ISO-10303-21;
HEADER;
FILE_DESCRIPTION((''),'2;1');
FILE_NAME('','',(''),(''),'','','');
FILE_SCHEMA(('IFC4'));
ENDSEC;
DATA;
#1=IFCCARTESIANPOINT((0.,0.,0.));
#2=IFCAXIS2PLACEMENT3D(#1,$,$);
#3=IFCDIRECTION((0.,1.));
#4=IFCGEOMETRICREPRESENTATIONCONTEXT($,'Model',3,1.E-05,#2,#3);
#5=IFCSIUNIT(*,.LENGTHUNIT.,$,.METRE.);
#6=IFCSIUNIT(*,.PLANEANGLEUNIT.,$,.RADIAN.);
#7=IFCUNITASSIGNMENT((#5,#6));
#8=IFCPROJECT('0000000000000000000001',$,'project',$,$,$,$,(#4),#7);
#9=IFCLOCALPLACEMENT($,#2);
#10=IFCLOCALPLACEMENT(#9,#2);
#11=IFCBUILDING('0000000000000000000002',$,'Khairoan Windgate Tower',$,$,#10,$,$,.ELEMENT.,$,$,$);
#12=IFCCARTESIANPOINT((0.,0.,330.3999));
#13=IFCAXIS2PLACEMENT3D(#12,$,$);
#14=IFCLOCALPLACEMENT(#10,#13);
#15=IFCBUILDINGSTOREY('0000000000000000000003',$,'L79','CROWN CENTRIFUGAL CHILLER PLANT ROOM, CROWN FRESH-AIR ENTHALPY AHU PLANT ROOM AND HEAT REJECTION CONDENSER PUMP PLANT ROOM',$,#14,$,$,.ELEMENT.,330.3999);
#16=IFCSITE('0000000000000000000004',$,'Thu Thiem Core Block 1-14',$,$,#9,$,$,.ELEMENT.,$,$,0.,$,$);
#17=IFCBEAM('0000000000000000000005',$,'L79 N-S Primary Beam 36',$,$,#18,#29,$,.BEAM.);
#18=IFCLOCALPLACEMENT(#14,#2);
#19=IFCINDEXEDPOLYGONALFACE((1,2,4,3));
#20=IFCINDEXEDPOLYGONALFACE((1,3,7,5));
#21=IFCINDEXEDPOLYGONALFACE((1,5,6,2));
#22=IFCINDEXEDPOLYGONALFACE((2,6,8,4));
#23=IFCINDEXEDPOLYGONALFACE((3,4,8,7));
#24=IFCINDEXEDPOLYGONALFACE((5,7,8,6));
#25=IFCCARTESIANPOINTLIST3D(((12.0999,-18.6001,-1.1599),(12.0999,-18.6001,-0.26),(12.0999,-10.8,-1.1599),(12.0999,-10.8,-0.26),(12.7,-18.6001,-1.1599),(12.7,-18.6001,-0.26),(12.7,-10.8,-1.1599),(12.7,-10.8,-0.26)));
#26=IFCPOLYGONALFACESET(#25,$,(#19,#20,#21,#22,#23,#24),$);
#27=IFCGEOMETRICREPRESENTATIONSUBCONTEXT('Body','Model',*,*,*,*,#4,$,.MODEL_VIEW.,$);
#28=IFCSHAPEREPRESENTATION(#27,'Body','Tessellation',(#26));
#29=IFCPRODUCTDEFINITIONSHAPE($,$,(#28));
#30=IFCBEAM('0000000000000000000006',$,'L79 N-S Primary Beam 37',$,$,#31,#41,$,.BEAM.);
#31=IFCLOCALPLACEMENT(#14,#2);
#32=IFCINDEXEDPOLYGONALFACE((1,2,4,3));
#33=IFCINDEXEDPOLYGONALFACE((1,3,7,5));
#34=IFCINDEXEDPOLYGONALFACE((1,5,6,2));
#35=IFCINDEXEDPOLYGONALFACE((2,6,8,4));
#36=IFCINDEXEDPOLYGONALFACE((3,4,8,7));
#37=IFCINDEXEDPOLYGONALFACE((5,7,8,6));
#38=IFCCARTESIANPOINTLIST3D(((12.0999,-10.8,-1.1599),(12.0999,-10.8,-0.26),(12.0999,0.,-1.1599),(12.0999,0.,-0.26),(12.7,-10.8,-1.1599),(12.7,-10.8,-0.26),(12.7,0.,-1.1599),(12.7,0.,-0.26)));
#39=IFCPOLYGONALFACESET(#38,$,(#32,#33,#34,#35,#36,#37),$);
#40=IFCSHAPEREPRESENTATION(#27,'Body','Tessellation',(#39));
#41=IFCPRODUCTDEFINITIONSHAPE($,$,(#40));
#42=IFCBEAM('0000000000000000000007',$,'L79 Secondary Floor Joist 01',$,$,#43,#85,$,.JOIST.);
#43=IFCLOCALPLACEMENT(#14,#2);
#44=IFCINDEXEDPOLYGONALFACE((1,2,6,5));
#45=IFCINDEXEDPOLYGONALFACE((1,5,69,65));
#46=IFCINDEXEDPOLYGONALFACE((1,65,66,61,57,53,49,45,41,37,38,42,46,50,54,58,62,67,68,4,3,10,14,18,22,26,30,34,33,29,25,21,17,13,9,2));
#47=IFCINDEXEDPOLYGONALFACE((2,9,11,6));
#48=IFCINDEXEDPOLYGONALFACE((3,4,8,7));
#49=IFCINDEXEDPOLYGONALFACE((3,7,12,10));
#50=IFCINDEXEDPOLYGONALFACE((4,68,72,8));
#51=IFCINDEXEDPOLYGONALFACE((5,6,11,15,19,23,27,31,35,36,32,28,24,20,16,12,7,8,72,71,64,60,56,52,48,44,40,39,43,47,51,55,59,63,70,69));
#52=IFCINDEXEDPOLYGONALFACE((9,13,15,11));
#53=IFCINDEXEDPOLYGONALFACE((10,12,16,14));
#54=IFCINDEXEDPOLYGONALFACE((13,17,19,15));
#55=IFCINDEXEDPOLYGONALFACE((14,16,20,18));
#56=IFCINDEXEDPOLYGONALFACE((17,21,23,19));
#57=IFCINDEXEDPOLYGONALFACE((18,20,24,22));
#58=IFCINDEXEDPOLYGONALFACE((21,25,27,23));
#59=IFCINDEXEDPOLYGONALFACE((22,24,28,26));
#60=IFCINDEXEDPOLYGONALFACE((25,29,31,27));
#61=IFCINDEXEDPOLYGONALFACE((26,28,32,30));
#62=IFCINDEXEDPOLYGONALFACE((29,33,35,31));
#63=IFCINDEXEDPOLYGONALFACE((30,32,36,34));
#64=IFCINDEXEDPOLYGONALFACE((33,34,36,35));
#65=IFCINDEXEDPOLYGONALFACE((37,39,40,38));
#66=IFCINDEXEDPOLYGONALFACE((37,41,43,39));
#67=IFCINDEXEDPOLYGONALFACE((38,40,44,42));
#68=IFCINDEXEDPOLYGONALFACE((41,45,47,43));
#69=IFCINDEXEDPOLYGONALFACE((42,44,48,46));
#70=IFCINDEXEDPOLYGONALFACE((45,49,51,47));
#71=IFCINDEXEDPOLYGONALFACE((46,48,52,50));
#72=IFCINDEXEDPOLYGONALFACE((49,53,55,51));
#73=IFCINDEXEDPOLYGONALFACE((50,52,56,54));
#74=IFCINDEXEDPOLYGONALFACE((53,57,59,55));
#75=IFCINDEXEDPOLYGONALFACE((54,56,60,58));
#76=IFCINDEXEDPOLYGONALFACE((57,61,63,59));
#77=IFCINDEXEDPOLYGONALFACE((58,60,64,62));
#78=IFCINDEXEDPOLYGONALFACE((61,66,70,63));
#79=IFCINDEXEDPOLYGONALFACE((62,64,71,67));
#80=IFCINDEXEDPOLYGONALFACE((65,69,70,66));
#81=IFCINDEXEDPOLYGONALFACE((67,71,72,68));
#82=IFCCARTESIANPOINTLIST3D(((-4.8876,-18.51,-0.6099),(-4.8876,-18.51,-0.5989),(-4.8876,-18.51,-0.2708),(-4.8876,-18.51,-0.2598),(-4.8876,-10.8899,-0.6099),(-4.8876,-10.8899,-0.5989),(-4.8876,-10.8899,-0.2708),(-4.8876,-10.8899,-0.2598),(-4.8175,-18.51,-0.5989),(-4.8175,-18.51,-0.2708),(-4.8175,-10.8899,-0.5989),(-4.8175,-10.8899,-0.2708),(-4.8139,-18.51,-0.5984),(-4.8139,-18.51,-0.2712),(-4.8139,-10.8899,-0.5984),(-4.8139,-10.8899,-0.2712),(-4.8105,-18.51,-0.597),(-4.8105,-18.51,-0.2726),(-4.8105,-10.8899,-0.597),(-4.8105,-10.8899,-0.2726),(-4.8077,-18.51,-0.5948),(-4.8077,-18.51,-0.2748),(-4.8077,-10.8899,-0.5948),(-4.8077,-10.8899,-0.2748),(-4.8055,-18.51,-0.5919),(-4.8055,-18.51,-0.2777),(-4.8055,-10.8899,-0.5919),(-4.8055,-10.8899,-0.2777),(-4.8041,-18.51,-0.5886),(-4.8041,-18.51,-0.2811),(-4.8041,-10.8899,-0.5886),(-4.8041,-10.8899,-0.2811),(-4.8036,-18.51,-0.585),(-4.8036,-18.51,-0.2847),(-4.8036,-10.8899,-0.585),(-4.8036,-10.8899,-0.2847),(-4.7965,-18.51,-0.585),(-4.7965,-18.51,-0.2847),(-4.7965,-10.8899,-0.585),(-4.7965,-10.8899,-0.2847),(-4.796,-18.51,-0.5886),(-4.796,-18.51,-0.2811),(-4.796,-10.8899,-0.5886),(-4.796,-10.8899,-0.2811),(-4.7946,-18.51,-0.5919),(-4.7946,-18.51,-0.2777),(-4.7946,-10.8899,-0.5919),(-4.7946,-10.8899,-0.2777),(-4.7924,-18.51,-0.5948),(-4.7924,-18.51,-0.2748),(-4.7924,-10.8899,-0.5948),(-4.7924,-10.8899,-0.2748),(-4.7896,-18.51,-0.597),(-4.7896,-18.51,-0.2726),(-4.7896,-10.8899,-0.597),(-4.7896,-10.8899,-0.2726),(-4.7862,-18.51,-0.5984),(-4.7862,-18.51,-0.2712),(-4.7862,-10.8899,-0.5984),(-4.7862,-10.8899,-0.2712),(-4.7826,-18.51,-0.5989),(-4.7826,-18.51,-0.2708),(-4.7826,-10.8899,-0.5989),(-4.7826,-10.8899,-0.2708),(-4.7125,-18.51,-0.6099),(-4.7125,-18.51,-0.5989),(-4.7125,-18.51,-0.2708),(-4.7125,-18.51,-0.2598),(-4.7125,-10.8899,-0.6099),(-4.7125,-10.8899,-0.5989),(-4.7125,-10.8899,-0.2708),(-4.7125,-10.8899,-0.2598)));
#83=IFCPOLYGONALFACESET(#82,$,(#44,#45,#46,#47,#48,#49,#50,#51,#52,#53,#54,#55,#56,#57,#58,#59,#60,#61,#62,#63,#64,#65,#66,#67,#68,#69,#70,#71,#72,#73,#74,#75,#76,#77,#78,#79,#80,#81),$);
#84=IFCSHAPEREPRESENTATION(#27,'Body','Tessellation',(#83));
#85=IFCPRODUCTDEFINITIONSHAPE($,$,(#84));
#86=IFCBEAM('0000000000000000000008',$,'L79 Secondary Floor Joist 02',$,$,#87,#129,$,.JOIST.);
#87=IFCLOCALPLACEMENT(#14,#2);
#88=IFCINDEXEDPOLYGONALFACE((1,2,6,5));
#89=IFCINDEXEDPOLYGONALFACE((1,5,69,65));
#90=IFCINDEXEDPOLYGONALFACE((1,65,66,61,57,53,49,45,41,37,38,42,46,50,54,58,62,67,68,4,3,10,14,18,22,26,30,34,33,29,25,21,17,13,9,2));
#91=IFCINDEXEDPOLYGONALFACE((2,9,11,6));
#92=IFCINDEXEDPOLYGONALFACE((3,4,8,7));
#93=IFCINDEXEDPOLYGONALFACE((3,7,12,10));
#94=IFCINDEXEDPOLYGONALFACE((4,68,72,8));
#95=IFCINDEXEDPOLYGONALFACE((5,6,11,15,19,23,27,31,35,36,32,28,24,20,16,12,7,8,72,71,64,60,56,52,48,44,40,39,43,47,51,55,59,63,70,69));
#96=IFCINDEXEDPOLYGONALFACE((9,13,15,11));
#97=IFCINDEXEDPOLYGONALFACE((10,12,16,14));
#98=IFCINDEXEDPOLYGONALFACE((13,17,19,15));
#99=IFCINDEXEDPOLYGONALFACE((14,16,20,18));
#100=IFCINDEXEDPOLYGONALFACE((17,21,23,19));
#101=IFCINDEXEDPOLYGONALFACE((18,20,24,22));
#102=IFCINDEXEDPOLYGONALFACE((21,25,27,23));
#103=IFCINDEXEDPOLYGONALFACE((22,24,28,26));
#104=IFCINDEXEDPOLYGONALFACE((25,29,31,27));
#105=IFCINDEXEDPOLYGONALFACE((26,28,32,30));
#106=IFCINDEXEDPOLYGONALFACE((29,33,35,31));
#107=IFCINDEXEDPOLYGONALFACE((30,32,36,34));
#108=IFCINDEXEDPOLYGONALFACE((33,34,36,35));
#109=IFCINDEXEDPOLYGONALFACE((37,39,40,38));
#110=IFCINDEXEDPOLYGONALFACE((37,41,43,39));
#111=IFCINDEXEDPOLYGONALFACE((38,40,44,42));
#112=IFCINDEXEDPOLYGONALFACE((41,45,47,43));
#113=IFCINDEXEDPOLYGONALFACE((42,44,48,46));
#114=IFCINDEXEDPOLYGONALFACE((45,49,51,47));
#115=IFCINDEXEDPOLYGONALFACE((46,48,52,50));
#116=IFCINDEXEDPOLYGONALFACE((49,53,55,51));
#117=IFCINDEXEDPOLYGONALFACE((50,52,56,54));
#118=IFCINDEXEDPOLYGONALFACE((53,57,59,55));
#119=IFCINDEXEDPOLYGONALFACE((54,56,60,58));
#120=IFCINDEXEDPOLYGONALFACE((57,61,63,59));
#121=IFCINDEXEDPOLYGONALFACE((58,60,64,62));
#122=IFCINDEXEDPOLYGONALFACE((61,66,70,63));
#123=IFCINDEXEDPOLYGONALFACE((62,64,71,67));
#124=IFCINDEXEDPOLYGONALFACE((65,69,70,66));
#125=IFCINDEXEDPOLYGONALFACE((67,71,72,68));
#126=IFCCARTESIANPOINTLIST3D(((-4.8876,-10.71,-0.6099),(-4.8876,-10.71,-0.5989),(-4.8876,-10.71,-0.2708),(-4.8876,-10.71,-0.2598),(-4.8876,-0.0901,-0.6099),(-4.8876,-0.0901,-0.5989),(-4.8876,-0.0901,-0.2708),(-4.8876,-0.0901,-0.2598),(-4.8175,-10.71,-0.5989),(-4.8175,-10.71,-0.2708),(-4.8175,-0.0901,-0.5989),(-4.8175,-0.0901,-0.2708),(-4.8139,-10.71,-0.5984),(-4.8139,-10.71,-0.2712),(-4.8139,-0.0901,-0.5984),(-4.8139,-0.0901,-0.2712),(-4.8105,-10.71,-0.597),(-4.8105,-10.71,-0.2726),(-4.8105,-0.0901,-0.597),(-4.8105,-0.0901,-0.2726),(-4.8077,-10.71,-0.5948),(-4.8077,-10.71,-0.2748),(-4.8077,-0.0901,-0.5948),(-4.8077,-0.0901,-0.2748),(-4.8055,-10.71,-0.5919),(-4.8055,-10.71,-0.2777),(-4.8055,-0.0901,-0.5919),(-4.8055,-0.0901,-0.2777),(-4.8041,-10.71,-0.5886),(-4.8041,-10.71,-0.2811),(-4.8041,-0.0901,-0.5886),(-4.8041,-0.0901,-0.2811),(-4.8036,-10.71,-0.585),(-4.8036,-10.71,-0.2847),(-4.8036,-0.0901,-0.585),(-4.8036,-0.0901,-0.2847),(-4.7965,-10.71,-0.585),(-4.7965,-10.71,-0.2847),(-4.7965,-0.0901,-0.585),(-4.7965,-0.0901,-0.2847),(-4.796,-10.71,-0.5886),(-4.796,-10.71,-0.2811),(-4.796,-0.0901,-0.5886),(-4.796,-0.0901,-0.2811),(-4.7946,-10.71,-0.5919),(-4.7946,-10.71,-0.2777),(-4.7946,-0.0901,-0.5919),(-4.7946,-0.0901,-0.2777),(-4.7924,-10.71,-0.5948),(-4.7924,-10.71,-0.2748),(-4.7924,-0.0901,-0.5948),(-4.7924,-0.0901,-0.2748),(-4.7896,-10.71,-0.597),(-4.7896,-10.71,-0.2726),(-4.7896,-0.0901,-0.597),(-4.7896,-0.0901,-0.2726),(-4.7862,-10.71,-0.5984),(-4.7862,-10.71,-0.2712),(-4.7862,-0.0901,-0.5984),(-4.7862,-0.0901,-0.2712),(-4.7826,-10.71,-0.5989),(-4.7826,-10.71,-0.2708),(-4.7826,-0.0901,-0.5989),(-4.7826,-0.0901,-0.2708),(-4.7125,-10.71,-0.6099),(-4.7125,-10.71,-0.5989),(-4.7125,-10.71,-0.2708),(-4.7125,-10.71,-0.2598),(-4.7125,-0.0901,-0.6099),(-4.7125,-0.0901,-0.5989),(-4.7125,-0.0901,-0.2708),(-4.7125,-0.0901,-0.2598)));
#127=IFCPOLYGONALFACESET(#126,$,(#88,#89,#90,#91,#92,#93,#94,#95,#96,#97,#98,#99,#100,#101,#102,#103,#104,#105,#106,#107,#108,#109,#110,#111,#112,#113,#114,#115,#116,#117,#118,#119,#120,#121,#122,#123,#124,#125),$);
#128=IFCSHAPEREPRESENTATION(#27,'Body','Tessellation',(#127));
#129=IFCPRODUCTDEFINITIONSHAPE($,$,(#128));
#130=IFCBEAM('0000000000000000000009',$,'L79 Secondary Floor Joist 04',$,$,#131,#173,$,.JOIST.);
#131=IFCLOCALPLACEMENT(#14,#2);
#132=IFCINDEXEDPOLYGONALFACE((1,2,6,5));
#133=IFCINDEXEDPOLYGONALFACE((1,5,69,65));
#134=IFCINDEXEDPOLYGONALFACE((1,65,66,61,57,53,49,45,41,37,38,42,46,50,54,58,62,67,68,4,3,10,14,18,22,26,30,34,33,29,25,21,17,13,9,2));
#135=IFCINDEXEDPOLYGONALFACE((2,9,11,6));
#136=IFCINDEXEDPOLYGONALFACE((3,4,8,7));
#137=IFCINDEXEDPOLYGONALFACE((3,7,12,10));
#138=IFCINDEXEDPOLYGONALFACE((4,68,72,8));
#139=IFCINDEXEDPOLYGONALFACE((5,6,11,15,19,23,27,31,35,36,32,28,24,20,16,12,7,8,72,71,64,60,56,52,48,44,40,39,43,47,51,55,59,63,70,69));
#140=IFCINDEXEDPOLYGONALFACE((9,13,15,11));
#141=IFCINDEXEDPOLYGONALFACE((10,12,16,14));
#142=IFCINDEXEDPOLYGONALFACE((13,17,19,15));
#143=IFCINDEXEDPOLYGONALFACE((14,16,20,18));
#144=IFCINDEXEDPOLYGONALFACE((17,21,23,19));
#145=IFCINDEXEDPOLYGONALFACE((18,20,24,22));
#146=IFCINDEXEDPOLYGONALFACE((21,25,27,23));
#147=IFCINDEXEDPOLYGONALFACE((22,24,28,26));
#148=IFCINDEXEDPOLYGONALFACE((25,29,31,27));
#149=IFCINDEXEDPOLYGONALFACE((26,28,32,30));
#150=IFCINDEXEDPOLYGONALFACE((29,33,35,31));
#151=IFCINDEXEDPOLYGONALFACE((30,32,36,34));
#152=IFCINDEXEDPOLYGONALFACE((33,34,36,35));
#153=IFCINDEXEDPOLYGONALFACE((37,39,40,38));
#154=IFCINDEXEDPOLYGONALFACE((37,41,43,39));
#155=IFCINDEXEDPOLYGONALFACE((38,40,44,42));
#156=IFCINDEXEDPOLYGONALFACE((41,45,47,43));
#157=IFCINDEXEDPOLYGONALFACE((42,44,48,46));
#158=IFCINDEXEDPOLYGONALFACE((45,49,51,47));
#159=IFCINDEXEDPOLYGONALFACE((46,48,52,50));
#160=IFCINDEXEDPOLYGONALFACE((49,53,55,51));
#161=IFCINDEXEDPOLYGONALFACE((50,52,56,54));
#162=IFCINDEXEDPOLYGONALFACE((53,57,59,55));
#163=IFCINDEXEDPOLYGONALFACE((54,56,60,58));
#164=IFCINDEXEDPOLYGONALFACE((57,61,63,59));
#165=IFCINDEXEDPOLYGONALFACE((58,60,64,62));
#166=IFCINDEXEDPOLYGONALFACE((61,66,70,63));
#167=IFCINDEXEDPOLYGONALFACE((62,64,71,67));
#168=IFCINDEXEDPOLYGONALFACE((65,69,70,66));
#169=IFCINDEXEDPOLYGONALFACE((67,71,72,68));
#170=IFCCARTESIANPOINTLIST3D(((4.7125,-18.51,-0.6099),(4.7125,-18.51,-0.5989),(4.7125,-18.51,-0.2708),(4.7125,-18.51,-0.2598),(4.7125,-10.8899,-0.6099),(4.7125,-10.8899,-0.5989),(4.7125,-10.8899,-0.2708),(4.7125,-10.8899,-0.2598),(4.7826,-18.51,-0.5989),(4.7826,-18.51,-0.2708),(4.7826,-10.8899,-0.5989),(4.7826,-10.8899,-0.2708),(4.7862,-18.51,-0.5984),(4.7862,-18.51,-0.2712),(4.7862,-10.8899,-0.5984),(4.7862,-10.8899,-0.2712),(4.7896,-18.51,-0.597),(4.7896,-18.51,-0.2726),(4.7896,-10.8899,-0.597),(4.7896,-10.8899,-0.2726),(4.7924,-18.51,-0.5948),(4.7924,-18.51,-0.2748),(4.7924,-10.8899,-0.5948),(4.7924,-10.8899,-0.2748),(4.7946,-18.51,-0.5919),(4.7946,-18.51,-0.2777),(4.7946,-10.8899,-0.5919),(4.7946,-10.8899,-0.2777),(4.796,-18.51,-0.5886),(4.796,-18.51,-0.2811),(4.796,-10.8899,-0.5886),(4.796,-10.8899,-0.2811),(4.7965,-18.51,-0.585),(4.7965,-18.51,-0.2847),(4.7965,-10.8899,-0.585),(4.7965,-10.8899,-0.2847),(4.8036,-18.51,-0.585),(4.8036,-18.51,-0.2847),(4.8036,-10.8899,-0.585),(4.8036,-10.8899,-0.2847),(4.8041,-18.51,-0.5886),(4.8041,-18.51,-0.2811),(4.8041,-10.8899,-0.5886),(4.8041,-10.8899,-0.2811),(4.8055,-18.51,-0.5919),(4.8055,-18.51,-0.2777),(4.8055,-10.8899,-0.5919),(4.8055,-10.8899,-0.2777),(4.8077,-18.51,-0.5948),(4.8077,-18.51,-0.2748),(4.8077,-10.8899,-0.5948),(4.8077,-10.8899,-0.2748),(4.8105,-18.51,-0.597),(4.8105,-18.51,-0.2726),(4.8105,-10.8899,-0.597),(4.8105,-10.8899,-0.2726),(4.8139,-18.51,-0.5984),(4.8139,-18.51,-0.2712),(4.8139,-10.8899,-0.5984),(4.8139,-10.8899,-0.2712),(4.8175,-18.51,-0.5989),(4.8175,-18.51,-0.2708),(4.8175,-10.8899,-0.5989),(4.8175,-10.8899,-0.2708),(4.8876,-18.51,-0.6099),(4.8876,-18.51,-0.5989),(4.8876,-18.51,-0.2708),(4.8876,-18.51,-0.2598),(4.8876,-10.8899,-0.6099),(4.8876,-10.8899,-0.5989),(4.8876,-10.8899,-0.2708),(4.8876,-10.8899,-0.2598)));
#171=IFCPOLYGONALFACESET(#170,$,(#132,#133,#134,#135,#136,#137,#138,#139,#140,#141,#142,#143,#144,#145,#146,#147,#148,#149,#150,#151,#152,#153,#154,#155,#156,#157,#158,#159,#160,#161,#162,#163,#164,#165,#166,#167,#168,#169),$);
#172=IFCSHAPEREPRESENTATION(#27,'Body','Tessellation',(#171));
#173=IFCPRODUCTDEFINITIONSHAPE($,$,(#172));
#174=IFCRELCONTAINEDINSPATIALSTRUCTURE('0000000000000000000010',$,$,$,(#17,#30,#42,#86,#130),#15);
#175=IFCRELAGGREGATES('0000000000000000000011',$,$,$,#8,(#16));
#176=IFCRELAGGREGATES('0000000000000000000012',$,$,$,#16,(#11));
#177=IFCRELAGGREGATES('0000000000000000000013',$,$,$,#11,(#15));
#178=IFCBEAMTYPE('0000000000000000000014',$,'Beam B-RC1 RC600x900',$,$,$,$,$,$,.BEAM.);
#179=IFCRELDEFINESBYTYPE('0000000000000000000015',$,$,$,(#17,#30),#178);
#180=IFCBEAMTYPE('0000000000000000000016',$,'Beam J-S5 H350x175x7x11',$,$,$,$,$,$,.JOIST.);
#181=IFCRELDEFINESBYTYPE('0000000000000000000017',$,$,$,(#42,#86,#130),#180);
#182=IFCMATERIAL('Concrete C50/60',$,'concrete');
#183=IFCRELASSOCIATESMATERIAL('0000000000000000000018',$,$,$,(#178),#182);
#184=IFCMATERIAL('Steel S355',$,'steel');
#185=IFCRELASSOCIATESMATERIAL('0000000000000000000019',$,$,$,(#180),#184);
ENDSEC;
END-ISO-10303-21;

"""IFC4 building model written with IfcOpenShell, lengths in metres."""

from ifc_helpers import new_model, si_unit, direction, frame, origin, origin_2d, place, context, subcontext, project, spatial, rectangle, i_section, extrude, material, material_profile, profile_set, type_object, element, save


model = new_model("IFC4")

# Units and contexts
model_context = context("Model", 3, precision=1e-05, world=origin(), true_north=direction((0.0, 1.0)))
body_context = subcontext(model_context, "Body", "Model", "MODEL_VIEW")
ifc_project = project(units=[si_unit("LENGTHUNIT", "METRE"), si_unit("PLANEANGLEUNIT", "RADIAN")], contexts=[model_context])

# Site, building, storey
site_placement = place(None, origin())
site = spatial("IfcSite", under=ifc_project, at=site_placement, Name="Thu Thiem Core Block 1-14", CompositionType="ELEMENT", RefElevation=0.0)
building_placement = place(site_placement, origin())
building = spatial("IfcBuilding", under=site, at=building_placement, Name="Khairoan Windgate Tower", CompositionType="ELEMENT")
storey_placement = place(building_placement, frame((0.0, 0.0, 330.3999)))
storey = spatial("IfcBuildingStorey", under=building, at=storey_placement, Name="L79", Description="CROWN CENTRIFUGAL CHILLER PLANT ROOM, CROWN FRESH-AIR ENTHALPY AHU PLANT ROOM AND HEAT REJECTION CONDENSER PUMP PLANT ROOM", CompositionType="ELEMENT", Elevation=330.3999)

# Beams
ifc_material_1 = material(Name="Concrete C50/60", Category="concrete")
ifc_material_profile_1 = material_profile(ifc_material_1, rectangle(XDim=0.6001, YDim=0.8999, at=origin_2d()))
ifc_profile_set_1 = profile_set([ifc_material_profile_1], Name="Concrete C50/60")
beam_type_1 = type_object("IfcBeamType", Name="Beam B-RC1 RC600x900", PredefinedType="BEAM", material=ifc_profile_set_1)
beam_1_placement = place(storey_placement, frame((12.3999, -18.6001, -0.71), z_axis=(0.0, 1.0, 0.0), x_axis=(-1.0, 0.0, 0.0)))
element("IfcBeam", 1, at=beam_1_placement, inside=storey, type_object=beam_type_1, Name="L79 N-S Primary Beam 36", PredefinedType="BEAM", context=body_context, shape_type="SweptSolid", body=[
    extrude(rectangle(XDim=0.6001, YDim=0.8999, at=origin_2d()), origin(), (0.0, 0.0, 1.0), 7.8),
])
beam_2_placement = place(storey_placement, frame((12.3999, -10.8, -0.71), z_axis=(0.0, 1.0, 0.0), x_axis=(-1.0, 0.0, 0.0)))
element("IfcBeam", 2, at=beam_2_placement, inside=storey, type_object=beam_type_1, Name="L79 N-S Primary Beam 37", PredefinedType="BEAM", context=body_context, shape_type="SweptSolid", body=[
    extrude(rectangle(XDim=0.6001, YDim=0.8999, at=origin_2d()), origin(), (0.0, 0.0, 1.0), 10.8),
])
ifc_material_2 = material(Name="Steel S355", Category="steel")
ifc_material_profile_2 = material_profile(ifc_material_2, i_section(OverallWidth=0.175, OverallDepth=0.3501, WebThickness=0.0071, FlangeThickness=0.011, FilletRadius=0.0139, at=origin_2d()))
ifc_profile_set_2 = profile_set([ifc_material_profile_2], Name="Steel S355")
beam_type_2 = type_object("IfcBeamType", Name="Beam J-S5 H350x175x7x11", PredefinedType="JOIST", material=ifc_profile_set_2)
beam_3_placement = place(storey_placement, frame((-4.8, -18.51, -0.4348), z_axis=(0.0, 1.0, 0.0), x_axis=(-1.0, 0.0, 0.0)))
element("IfcBeam", 3, at=beam_3_placement, inside=storey, type_object=beam_type_2, Name="L79 Secondary Floor Joist 01", PredefinedType="JOIST", context=body_context, shape_type="SweptSolid", body=[
    extrude(i_section(OverallWidth=0.175, OverallDepth=0.3501, WebThickness=0.0071, FlangeThickness=0.011, FilletRadius=0.0139, at=origin_2d()), origin(), (0.0, 0.0, 1.0), 7.6201),
])
beam_4_placement = place(storey_placement, frame((-4.8, -10.71, -0.4348), z_axis=(0.0, 1.0, 0.0), x_axis=(-1.0, 0.0, 0.0)))
element("IfcBeam", 4, at=beam_4_placement, inside=storey, type_object=beam_type_2, Name="L79 Secondary Floor Joist 02", PredefinedType="JOIST", context=body_context, shape_type="SweptSolid", body=[
    extrude(i_section(OverallWidth=0.175, OverallDepth=0.3501, WebThickness=0.0071, FlangeThickness=0.011, FilletRadius=0.0139, at=origin_2d()), origin(), (0.0, 0.0, 1.0), 10.6199),
])
beam_5_placement = place(storey_placement, frame((4.8, -18.51, -0.4348), z_axis=(0.0, 1.0, 0.0), x_axis=(-1.0, 0.0, 0.0)))
element("IfcBeam", 5, at=beam_5_placement, inside=storey, type_object=beam_type_2, Name="L79 Secondary Floor Joist 04", PredefinedType="JOIST", context=body_context, shape_type="SweptSolid", body=[
    extrude(i_section(OverallWidth=0.175, OverallDepth=0.3501, WebThickness=0.0071, FlangeThickness=0.011, FilletRadius=0.0139, at=origin_2d()), origin(), (0.0, 0.0, 1.0), 7.6201),
])

save(model, "model.ifc")
